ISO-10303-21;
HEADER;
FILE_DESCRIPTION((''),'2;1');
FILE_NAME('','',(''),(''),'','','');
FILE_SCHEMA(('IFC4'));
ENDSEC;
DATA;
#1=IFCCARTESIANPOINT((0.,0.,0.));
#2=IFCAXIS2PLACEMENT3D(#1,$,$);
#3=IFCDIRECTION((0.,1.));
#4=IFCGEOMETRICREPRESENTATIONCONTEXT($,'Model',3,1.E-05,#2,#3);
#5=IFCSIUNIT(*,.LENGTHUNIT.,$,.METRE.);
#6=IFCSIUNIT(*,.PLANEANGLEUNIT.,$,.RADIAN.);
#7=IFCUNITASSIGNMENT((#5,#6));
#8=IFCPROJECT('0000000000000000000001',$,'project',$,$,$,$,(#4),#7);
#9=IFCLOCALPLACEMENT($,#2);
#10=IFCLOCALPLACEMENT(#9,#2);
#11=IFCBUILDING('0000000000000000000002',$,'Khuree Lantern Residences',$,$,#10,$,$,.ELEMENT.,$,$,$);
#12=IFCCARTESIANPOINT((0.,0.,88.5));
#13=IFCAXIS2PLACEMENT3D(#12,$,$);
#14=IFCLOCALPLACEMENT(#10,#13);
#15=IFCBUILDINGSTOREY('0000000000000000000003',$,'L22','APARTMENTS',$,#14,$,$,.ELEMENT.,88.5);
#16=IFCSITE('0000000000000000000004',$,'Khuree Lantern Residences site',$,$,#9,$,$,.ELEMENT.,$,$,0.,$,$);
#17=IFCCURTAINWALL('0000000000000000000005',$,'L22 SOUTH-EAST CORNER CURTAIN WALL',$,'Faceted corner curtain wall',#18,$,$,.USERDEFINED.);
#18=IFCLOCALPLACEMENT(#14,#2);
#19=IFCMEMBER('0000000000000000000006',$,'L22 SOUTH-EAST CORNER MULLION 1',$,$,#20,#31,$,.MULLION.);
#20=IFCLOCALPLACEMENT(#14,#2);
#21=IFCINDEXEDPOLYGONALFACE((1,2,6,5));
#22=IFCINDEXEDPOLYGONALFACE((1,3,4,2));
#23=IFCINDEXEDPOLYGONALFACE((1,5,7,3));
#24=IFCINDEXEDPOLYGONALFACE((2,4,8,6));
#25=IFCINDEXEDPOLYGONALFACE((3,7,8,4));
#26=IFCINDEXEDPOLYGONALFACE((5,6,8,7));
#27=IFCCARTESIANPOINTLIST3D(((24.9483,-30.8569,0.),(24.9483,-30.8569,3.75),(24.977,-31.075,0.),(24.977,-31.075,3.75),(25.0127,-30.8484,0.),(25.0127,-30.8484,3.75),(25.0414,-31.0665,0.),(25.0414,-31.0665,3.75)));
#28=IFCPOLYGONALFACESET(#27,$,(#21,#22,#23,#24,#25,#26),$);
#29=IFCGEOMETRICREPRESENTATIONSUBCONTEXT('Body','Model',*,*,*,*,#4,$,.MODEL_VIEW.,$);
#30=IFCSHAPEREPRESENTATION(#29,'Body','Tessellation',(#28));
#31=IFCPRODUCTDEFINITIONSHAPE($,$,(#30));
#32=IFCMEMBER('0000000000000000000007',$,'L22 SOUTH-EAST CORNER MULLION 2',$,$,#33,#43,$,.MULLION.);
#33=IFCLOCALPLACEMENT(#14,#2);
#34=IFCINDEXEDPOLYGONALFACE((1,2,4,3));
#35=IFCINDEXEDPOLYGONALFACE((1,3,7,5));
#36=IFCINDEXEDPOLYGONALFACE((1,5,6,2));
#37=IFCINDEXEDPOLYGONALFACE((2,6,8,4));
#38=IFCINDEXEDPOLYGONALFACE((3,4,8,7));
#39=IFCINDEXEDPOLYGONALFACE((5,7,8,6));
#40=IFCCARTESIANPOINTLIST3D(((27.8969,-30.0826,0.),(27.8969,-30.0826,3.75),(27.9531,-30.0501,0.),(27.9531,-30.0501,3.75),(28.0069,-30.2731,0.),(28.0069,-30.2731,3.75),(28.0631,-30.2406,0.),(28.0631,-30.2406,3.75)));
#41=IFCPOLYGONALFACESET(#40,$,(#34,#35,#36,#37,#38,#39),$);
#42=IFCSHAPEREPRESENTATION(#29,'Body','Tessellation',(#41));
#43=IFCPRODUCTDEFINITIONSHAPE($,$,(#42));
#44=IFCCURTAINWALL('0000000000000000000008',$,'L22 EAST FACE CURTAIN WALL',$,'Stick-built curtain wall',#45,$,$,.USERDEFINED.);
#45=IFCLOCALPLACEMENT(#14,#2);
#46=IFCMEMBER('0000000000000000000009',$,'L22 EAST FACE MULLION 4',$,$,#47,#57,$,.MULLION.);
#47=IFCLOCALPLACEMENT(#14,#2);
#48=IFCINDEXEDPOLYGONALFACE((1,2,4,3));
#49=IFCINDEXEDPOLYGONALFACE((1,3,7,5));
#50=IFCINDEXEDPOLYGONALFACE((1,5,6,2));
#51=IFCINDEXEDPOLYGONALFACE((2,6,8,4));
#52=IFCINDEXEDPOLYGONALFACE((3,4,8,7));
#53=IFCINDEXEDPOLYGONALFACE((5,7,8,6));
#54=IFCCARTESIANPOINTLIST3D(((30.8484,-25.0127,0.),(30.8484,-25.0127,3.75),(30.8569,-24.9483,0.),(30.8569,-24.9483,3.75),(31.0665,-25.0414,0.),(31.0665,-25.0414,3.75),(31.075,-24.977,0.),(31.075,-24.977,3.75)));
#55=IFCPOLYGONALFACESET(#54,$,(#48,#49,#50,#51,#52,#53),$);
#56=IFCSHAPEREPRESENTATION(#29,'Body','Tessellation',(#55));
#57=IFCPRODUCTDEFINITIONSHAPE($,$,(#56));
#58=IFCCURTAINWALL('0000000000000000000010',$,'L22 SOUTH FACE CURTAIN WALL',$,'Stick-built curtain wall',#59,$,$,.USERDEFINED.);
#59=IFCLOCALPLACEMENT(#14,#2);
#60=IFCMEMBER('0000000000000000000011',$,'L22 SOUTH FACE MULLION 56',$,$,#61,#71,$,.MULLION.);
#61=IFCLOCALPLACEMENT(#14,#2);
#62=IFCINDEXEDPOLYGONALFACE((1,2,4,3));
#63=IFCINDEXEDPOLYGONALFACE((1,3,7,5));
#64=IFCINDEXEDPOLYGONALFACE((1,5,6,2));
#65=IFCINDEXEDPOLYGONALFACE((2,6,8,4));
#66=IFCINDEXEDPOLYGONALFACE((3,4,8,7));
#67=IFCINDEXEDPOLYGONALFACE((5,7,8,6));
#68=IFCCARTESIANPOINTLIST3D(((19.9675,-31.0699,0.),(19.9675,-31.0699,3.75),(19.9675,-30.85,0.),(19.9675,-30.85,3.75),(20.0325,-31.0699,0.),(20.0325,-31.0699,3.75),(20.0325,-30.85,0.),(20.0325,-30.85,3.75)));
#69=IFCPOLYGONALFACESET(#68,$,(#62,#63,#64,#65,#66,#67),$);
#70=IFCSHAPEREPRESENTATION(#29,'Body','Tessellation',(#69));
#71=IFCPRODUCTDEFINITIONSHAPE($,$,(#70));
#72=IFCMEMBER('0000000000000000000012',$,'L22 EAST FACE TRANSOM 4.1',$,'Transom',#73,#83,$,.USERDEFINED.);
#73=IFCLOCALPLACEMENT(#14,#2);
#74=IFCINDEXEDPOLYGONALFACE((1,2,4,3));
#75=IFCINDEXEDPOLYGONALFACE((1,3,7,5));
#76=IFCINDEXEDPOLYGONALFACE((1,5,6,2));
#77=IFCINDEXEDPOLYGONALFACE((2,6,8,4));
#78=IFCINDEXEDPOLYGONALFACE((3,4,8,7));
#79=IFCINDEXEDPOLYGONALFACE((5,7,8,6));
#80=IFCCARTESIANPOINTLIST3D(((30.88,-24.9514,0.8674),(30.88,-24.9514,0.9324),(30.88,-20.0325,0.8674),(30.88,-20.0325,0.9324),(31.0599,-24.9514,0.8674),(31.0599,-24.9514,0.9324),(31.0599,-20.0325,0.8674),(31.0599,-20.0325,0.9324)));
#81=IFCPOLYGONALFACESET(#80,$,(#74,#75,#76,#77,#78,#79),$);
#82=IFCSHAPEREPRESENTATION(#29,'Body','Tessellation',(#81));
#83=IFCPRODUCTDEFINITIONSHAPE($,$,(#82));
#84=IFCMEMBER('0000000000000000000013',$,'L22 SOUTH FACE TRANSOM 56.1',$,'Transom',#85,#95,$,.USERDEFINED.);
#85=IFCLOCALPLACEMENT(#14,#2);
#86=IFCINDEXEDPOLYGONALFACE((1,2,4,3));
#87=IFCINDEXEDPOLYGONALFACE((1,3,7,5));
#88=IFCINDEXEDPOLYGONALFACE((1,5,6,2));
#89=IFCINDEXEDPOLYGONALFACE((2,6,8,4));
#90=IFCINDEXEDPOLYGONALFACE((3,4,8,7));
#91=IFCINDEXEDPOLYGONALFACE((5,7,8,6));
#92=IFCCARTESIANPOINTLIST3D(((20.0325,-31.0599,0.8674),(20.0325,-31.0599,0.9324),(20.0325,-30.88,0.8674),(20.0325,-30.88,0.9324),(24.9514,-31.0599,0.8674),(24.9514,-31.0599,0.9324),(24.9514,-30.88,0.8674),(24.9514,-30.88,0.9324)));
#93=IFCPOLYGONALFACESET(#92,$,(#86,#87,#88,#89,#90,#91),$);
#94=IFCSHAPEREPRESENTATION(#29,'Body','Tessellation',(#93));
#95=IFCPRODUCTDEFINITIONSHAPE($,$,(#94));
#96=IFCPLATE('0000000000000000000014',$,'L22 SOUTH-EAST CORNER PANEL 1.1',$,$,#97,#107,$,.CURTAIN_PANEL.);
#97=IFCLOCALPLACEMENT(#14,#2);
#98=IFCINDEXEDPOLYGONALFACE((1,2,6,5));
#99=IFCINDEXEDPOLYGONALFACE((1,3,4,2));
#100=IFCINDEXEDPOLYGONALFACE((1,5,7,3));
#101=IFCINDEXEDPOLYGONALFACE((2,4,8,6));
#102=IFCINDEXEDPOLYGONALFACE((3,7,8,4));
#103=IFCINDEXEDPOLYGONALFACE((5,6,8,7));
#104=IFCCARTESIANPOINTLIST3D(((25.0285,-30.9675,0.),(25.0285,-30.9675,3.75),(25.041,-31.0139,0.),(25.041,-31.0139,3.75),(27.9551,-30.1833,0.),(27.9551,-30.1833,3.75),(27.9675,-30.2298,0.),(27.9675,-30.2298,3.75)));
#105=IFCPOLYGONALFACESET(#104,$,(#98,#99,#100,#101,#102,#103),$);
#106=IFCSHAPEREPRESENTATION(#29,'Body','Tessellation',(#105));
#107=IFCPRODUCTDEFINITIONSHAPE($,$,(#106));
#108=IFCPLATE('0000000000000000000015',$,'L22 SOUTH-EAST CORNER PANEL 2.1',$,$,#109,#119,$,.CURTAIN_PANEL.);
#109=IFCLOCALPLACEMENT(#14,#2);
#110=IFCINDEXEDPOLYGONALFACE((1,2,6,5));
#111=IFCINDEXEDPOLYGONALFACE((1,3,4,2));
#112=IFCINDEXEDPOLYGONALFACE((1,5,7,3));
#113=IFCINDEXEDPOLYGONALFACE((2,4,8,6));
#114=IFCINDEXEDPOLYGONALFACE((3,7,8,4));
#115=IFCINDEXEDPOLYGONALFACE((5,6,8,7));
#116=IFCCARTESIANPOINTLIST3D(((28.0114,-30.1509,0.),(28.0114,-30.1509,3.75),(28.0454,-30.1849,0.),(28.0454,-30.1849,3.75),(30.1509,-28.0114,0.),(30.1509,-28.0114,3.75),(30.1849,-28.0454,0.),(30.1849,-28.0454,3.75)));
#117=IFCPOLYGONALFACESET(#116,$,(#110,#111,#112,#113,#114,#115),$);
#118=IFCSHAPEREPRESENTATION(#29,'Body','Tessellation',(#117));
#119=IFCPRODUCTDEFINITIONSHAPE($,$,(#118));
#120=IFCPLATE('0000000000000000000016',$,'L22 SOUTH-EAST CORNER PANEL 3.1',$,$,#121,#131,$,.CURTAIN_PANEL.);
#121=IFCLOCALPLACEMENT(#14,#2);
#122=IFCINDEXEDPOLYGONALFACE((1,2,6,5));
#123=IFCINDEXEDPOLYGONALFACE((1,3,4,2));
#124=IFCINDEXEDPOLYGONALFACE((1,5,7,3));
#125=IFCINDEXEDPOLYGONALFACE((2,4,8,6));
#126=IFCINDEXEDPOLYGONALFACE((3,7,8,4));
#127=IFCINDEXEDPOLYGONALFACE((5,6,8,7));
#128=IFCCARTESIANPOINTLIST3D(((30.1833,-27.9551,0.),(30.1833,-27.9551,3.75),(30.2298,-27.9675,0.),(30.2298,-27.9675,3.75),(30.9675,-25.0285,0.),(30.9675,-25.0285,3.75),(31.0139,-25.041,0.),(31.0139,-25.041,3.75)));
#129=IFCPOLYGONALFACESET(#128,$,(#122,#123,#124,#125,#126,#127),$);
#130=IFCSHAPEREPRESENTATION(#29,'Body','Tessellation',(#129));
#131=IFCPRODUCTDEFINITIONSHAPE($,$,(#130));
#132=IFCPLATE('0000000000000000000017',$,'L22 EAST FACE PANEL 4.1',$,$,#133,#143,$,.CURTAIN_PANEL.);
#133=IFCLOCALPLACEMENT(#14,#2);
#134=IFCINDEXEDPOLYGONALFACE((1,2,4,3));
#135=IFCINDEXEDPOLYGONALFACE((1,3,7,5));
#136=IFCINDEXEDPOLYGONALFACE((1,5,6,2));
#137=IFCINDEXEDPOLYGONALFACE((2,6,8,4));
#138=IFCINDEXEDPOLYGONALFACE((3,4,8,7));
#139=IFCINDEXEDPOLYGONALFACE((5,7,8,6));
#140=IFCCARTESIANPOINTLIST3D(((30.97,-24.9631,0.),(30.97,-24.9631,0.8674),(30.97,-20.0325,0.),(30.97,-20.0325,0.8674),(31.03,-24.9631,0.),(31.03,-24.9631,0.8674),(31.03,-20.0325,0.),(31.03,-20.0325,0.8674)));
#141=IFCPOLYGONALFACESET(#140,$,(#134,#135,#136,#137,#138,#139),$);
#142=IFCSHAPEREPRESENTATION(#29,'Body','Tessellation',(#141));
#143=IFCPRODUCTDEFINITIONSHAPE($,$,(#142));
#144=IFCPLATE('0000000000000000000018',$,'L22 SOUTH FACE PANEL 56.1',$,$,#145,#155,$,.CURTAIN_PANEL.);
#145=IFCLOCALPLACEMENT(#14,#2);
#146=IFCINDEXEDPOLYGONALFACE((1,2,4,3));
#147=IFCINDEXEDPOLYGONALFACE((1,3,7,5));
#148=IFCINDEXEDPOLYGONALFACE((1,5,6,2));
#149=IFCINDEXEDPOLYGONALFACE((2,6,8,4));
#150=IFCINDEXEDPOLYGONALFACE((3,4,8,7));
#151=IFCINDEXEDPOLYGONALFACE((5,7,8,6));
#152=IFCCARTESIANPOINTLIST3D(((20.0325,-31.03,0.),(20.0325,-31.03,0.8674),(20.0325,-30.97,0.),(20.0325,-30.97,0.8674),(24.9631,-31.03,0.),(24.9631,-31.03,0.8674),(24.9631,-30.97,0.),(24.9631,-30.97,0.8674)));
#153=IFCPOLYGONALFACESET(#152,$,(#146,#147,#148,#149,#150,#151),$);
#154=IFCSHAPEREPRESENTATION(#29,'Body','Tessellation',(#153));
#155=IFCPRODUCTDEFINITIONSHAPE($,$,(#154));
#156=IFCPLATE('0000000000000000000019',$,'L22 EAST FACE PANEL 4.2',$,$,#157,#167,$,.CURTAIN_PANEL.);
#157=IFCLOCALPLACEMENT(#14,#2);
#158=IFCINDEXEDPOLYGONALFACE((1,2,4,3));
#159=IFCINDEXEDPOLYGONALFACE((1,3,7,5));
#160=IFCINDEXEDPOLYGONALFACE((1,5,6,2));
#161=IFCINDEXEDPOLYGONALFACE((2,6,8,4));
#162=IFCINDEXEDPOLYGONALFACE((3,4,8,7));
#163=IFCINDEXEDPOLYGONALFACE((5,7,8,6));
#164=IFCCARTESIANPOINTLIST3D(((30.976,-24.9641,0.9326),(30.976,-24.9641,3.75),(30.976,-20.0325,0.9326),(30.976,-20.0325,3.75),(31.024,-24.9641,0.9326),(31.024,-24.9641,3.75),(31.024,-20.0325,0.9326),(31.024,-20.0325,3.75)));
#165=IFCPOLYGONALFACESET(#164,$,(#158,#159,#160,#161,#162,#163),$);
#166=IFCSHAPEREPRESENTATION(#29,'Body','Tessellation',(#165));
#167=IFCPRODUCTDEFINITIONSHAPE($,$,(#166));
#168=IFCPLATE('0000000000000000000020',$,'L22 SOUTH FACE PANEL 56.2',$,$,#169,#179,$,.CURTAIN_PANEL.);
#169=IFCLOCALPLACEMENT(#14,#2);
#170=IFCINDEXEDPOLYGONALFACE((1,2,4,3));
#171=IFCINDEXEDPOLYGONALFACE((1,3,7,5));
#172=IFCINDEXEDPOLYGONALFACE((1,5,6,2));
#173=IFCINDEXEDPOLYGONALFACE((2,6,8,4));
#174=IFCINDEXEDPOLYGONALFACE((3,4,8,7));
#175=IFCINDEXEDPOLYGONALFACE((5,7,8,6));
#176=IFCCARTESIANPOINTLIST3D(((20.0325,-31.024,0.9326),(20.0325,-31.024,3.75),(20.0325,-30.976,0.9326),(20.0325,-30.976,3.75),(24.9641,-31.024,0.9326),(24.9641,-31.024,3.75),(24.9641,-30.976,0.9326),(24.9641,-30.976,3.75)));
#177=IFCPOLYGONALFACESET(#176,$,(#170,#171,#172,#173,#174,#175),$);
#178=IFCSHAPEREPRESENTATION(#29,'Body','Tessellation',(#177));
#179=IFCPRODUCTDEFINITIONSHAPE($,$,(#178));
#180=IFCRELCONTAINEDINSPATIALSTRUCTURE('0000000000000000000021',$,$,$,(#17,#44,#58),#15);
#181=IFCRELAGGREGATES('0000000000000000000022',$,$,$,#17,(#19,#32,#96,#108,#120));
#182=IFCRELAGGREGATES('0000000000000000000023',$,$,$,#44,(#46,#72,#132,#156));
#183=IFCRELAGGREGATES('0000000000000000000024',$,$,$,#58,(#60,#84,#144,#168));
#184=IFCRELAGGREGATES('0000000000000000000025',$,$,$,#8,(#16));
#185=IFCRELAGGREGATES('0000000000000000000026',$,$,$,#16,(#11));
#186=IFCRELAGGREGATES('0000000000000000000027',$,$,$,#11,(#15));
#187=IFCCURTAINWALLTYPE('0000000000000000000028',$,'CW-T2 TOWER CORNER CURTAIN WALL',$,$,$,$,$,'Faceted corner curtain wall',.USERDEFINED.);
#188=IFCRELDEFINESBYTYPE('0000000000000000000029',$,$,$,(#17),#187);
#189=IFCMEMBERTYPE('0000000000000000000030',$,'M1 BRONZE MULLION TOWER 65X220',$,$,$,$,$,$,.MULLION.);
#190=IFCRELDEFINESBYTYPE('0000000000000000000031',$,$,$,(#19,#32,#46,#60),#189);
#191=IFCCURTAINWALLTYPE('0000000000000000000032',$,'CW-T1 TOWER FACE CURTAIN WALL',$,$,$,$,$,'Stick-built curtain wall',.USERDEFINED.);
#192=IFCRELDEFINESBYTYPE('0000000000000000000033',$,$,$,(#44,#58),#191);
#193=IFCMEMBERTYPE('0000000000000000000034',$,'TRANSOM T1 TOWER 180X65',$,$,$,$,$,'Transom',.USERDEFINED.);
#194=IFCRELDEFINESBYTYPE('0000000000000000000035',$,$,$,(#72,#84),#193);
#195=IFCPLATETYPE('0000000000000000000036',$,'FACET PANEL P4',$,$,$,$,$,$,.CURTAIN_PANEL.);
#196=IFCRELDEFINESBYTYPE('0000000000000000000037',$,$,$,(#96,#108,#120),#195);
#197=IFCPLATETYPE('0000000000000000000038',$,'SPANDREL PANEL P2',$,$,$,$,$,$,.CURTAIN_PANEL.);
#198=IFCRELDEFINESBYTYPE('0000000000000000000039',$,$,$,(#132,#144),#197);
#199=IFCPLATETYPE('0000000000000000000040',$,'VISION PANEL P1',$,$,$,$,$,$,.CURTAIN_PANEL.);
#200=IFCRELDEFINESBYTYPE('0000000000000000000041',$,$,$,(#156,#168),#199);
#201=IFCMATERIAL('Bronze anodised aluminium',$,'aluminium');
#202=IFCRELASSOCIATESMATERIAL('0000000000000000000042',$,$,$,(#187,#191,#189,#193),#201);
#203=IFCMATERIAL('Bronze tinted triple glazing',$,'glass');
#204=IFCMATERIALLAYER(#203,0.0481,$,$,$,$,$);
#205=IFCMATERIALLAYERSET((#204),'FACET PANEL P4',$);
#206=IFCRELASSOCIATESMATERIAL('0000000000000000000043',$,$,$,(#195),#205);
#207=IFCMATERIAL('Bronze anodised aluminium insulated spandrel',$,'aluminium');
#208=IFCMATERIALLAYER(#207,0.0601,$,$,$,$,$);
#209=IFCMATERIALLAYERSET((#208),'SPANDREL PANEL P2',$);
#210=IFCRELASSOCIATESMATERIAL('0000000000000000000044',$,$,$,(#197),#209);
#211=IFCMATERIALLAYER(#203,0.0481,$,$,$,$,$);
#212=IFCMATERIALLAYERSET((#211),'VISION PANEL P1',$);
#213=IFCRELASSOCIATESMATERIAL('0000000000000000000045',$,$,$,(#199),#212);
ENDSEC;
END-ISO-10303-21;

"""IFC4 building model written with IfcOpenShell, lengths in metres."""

from ifc_helpers import new_model, si_unit, direction, frame, origin, origin_2d, place, context, subcontext, project, spatial, rectangle, extrude, material, layer, layer_set, material_profile, profile_set, type_object, element, aggregate, save


model = new_model("IFC4")

# Units and contexts
model_context = context("Model", 3, precision=1e-05, world=origin(), true_north=direction((0.0, 1.0)))
body_context = subcontext(model_context, "Body", "Model", "MODEL_VIEW")
ifc_project = project(units=[si_unit("LENGTHUNIT", "METRE"), si_unit("PLANEANGLEUNIT", "RADIAN")], contexts=[model_context])

# Site, building, storey
site_placement = place(None, origin())
site = spatial("IfcSite", under=ifc_project, at=site_placement, Name="Khuree Lantern Residences site", CompositionType="ELEMENT", RefElevation=0.0)
building_placement = place(site_placement, origin())
building = spatial("IfcBuilding", under=site, at=building_placement, Name="Khuree Lantern Residences", CompositionType="ELEMENT")
storey_placement = place(building_placement, frame((0.0, 0.0, 88.5)))
storey = spatial("IfcBuildingStorey", under=building, at=storey_placement, Name="L22", Description="APARTMENTS", CompositionType="ELEMENT", Elevation=88.5)

# Curtain wall
ifc_material_1 = material(Name="Bronze anodised aluminium", Category="aluminium")
curtain_wall_type_1 = type_object("IfcCurtainWallType", Name="CW-T2 TOWER CORNER CURTAIN WALL", ElementType="Faceted corner curtain wall", PredefinedType="USERDEFINED", material=ifc_material_1)
curtain_wall_1_placement = place(storey_placement, origin())
curtain_wall_1 = element("IfcCurtainWall", 1, at=curtain_wall_1_placement, inside=storey, type_object=curtain_wall_type_1, Name="L22 SOUTH-EAST CORNER CURTAIN WALL", ObjectType="Faceted corner curtain wall", PredefinedType="USERDEFINED")

# Members
ifc_material_profile_1 = material_profile(ifc_material_1, rectangle(XDim=0.0649, YDim=0.22, at=origin_2d()), Name="M1 65X220")
ifc_profile_set_1 = profile_set([ifc_material_profile_1], Name="Bronze anodised aluminium")
member_type_1 = type_object("IfcMemberType", Name="M1 BRONZE MULLION TOWER 65X220", PredefinedType="MULLION", material=ifc_profile_set_1)
member_1_placement = place(storey_placement, frame((24.9949, -30.9617, 0.0), z_axis=(0.0, 0.0, 1.0), x_axis=(0.991445, 0.130526, 0.0)))
member_1 = element("IfcMember", 2, at=member_1_placement, type_object=member_type_1, Name="L22 SOUTH-EAST CORNER MULLION 1", PredefinedType="MULLION", context=body_context, shape_type="SweptSolid", body=[
    extrude(rectangle(XDim=0.0649, YDim=0.22, at=origin_2d()), origin(), (0.0, 0.0, 1.0), 3.75),
])
member_2_placement = place(storey_placement, frame((27.98, -30.1616, 0.0), z_axis=(0.0, 0.0, 1.0), x_axis=(0.866025, 0.5, 0.0)))
member_2 = element("IfcMember", 3, at=member_2_placement, type_object=member_type_1, Name="L22 SOUTH-EAST CORNER MULLION 2", PredefinedType="MULLION", context=body_context, shape_type="SweptSolid", body=[
    extrude(rectangle(XDim=0.0649, YDim=0.22, at=origin_2d()), origin(), (0.0, 0.0, 1.0), 3.75),
])

# Curtain walls, members
curtain_wall_type_2 = type_object("IfcCurtainWallType", Name="CW-T1 TOWER FACE CURTAIN WALL", ElementType="Stick-built curtain wall", PredefinedType="USERDEFINED", material=ifc_material_1)
curtain_wall_2_placement = place(storey_placement, origin())
curtain_wall_2 = element("IfcCurtainWall", 4, at=curtain_wall_2_placement, inside=storey, type_object=curtain_wall_type_2, Name="L22 EAST FACE CURTAIN WALL", ObjectType="Stick-built curtain wall", PredefinedType="USERDEFINED")
member_3_placement = place(storey_placement, frame((30.9617, -24.9949, 0.0), z_axis=(0.0, 0.0, 1.0), x_axis=(0.130526, 0.991445, 0.0)))
member_3 = element("IfcMember", 5, at=member_3_placement, type_object=member_type_1, Name="L22 EAST FACE MULLION 4", PredefinedType="MULLION", context=body_context, shape_type="SweptSolid", body=[
    extrude(rectangle(XDim=0.0649, YDim=0.22, at=origin_2d()), origin(), (0.0, 0.0, 1.0), 3.75),
])
curtain_wall_3_placement = place(storey_placement, origin())
curtain_wall_3 = element("IfcCurtainWall", 6, at=curtain_wall_3_placement, inside=storey, type_object=curtain_wall_type_2, Name="L22 SOUTH FACE CURTAIN WALL", ObjectType="Stick-built curtain wall", PredefinedType="USERDEFINED")
member_4_placement = place(storey_placement, frame((20.0, -30.96, 0.0), z_axis=(0.0, 0.0, 1.0), x_axis=(1.0, 0.0, 0.0)))
member_4 = element("IfcMember", 7, at=member_4_placement, type_object=member_type_1, Name="L22 SOUTH FACE MULLION 56", PredefinedType="MULLION", context=body_context, shape_type="SweptSolid", body=[
    extrude(rectangle(XDim=0.0649, YDim=0.22, at=origin_2d()), origin(), (0.0, 0.0, 1.0), 3.75),
])

# Members
ifc_material_profile_2 = material_profile(ifc_material_1, rectangle(XDim=0.1799, YDim=0.0649, at=origin_2d()), Name="T1 180X65")
ifc_profile_set_2 = profile_set([ifc_material_profile_2], Name="Bronze anodised aluminium")
member_type_2 = type_object("IfcMemberType", Name="TRANSOM T1 TOWER 180X65", ElementType="Transom", PredefinedType="USERDEFINED", material=ifc_profile_set_2)
member_5_placement = place(storey_placement, frame((30.97, -24.9514, 0.8999), z_axis=(0.0, 1.0, 0.0), x_axis=(-1.0, 0.0, 0.0)))
member_5 = element("IfcMember", 8, at=member_5_placement, type_object=member_type_2, Name="L22 EAST FACE TRANSOM 4.1", ObjectType="Transom", PredefinedType="USERDEFINED", context=body_context, shape_type="SweptSolid", body=[
    extrude(rectangle(XDim=0.1799, YDim=0.0649, at=origin_2d()), origin(), (0.0, 0.0, 1.0), 4.9189),
])
member_6_placement = place(storey_placement, frame((20.0325, -30.97, 0.8999), z_axis=(1.0, 0.0, 0.0), x_axis=(0.0, 1.0, 0.0)))
member_6 = element("IfcMember", 9, at=member_6_placement, type_object=member_type_2, Name="L22 SOUTH FACE TRANSOM 56.1", ObjectType="Transom", PredefinedType="USERDEFINED", context=body_context, shape_type="SweptSolid", body=[
    extrude(rectangle(XDim=0.1799, YDim=0.0649, at=origin_2d()), origin(), (0.0, 0.0, 1.0), 4.9189),
])

# Plates
ifc_material_2 = material(Name="Bronze tinted triple glazing", Category="glass")
ifc_layer_1 = layer(ifc_material_2, 0.0481)
ifc_layer_set_1 = layer_set([ifc_layer_1], Name="FACET PANEL P4")
plate_type_1 = type_object("IfcPlateType", Name="FACET PANEL P4", PredefinedType="CURTAIN_PANEL", material=ifc_layer_set_1)
plate_1_placement = place(storey_placement, frame((26.498, -30.5986, 0.0), z_axis=(0.0, 0.0, 1.0), x_axis=(0.965926, 0.258819, 0.0)))
plate_1 = element("IfcPlate", 10, at=plate_1_placement, type_object=plate_type_1, Name="L22 SOUTH-EAST CORNER PANEL 1.1", PredefinedType="CURTAIN_PANEL", context=body_context, shape_type="SweptSolid", body=[
    extrude(rectangle(XDim=3.0298, YDim=0.0481, at=origin_2d()), origin(), (0.0, 0.0, 1.0), 3.75),
])
plate_2_placement = place(storey_placement, frame((29.0981, -29.0981, 0.0), z_axis=(0.0, 0.0, 1.0), x_axis=(0.707107, 0.707107, 0.0)))
plate_2 = element("IfcPlate", 11, at=plate_2_placement, type_object=plate_type_1, Name="L22 SOUTH-EAST CORNER PANEL 2.1", PredefinedType="CURTAIN_PANEL", context=body_context, shape_type="SweptSolid", body=[
    extrude(rectangle(XDim=3.0256, YDim=0.0481, at=origin_2d()), origin(), (0.0, 0.0, 1.0), 3.75),
])
plate_3_placement = place(storey_placement, frame((30.5986, -26.498, 0.0), z_axis=(0.0, 0.0, 1.0), x_axis=(0.258819, 0.965926, 0.0)))
plate_3 = element("IfcPlate", 12, at=plate_3_placement, type_object=plate_type_1, Name="L22 SOUTH-EAST CORNER PANEL 3.1", PredefinedType="CURTAIN_PANEL", context=body_context, shape_type="SweptSolid", body=[
    extrude(rectangle(XDim=3.0298, YDim=0.0481, at=origin_2d()), origin(), (0.0, 0.0, 1.0), 3.75),
])
aggregate(curtain_wall_1, [member_1, member_2, plate_1, plate_2, plate_3])
ifc_material_3 = material(Name="Bronze anodised aluminium insulated spandrel", Category="aluminium")
ifc_layer_2 = layer(ifc_material_3, 0.0601)
ifc_layer_set_2 = layer_set([ifc_layer_2], Name="SPANDREL PANEL P2")
plate_type_2 = type_object("IfcPlateType", Name="SPANDREL PANEL P2", PredefinedType="CURTAIN_PANEL", material=ifc_layer_set_2)
plate_4_placement = place(storey_placement, frame((31.0, -22.4978, 0.0), z_axis=(0.0, 0.0, 1.0), x_axis=(0.0, 1.0, 0.0)))
plate_4 = element("IfcPlate", 13, at=plate_4_placement, type_object=plate_type_2, Name="L22 EAST FACE PANEL 4.1", PredefinedType="CURTAIN_PANEL", context=body_context, shape_type="SweptSolid", body=[
    extrude(rectangle(XDim=4.9307, YDim=0.0601, at=origin_2d()), origin(), (0.0, 0.0, 1.0), 0.8674),
])
plate_5_placement = place(storey_placement, frame((22.4978, -31.0, 0.0), z_axis=(0.0, 0.0, 1.0), x_axis=(1.0, 0.0, 0.0)))
plate_5 = element("IfcPlate", 14, at=plate_5_placement, type_object=plate_type_2, Name="L22 SOUTH FACE PANEL 56.1", PredefinedType="CURTAIN_PANEL", context=body_context, shape_type="SweptSolid", body=[
    extrude(rectangle(XDim=4.9307, YDim=0.0601, at=origin_2d()), origin(), (0.0, 0.0, 1.0), 0.8674),
])
ifc_layer_3 = layer(ifc_material_2, 0.0481)
ifc_layer_set_3 = layer_set([ifc_layer_3], Name="VISION PANEL P1")
plate_type_3 = type_object("IfcPlateType", Name="VISION PANEL P1", PredefinedType="CURTAIN_PANEL", material=ifc_layer_set_3)
plate_6_placement = place(storey_placement, frame((31.0, -22.4983, 0.9326), z_axis=(0.0, 0.0, 1.0), x_axis=(0.0, 1.0, 0.0)))
plate_6 = element("IfcPlate", 15, at=plate_6_placement, type_object=plate_type_3, Name="L22 EAST FACE PANEL 4.2", PredefinedType="CURTAIN_PANEL", context=body_context, shape_type="SweptSolid", body=[
    extrude(rectangle(XDim=4.9316, YDim=0.0481, at=origin_2d()), origin(), (0.0, 0.0, 1.0), 2.8174),
])
aggregate(curtain_wall_2, [member_3, member_5, plate_4, plate_6])
plate_7_placement = place(storey_placement, frame((22.4983, -31.0, 0.9326), z_axis=(0.0, 0.0, 1.0), x_axis=(1.0, 0.0, 0.0)))
plate_7 = element("IfcPlate", 16, at=plate_7_placement, type_object=plate_type_3, Name="L22 SOUTH FACE PANEL 56.2", PredefinedType="CURTAIN_PANEL", context=body_context, shape_type="SweptSolid", body=[
    extrude(rectangle(XDim=4.9316, YDim=0.0481, at=origin_2d()), origin(), (0.0, 0.0, 1.0), 2.8174),
])
aggregate(curtain_wall_3, [member_4, member_6, plate_5, plate_7])

save(model, "model.ifc")
